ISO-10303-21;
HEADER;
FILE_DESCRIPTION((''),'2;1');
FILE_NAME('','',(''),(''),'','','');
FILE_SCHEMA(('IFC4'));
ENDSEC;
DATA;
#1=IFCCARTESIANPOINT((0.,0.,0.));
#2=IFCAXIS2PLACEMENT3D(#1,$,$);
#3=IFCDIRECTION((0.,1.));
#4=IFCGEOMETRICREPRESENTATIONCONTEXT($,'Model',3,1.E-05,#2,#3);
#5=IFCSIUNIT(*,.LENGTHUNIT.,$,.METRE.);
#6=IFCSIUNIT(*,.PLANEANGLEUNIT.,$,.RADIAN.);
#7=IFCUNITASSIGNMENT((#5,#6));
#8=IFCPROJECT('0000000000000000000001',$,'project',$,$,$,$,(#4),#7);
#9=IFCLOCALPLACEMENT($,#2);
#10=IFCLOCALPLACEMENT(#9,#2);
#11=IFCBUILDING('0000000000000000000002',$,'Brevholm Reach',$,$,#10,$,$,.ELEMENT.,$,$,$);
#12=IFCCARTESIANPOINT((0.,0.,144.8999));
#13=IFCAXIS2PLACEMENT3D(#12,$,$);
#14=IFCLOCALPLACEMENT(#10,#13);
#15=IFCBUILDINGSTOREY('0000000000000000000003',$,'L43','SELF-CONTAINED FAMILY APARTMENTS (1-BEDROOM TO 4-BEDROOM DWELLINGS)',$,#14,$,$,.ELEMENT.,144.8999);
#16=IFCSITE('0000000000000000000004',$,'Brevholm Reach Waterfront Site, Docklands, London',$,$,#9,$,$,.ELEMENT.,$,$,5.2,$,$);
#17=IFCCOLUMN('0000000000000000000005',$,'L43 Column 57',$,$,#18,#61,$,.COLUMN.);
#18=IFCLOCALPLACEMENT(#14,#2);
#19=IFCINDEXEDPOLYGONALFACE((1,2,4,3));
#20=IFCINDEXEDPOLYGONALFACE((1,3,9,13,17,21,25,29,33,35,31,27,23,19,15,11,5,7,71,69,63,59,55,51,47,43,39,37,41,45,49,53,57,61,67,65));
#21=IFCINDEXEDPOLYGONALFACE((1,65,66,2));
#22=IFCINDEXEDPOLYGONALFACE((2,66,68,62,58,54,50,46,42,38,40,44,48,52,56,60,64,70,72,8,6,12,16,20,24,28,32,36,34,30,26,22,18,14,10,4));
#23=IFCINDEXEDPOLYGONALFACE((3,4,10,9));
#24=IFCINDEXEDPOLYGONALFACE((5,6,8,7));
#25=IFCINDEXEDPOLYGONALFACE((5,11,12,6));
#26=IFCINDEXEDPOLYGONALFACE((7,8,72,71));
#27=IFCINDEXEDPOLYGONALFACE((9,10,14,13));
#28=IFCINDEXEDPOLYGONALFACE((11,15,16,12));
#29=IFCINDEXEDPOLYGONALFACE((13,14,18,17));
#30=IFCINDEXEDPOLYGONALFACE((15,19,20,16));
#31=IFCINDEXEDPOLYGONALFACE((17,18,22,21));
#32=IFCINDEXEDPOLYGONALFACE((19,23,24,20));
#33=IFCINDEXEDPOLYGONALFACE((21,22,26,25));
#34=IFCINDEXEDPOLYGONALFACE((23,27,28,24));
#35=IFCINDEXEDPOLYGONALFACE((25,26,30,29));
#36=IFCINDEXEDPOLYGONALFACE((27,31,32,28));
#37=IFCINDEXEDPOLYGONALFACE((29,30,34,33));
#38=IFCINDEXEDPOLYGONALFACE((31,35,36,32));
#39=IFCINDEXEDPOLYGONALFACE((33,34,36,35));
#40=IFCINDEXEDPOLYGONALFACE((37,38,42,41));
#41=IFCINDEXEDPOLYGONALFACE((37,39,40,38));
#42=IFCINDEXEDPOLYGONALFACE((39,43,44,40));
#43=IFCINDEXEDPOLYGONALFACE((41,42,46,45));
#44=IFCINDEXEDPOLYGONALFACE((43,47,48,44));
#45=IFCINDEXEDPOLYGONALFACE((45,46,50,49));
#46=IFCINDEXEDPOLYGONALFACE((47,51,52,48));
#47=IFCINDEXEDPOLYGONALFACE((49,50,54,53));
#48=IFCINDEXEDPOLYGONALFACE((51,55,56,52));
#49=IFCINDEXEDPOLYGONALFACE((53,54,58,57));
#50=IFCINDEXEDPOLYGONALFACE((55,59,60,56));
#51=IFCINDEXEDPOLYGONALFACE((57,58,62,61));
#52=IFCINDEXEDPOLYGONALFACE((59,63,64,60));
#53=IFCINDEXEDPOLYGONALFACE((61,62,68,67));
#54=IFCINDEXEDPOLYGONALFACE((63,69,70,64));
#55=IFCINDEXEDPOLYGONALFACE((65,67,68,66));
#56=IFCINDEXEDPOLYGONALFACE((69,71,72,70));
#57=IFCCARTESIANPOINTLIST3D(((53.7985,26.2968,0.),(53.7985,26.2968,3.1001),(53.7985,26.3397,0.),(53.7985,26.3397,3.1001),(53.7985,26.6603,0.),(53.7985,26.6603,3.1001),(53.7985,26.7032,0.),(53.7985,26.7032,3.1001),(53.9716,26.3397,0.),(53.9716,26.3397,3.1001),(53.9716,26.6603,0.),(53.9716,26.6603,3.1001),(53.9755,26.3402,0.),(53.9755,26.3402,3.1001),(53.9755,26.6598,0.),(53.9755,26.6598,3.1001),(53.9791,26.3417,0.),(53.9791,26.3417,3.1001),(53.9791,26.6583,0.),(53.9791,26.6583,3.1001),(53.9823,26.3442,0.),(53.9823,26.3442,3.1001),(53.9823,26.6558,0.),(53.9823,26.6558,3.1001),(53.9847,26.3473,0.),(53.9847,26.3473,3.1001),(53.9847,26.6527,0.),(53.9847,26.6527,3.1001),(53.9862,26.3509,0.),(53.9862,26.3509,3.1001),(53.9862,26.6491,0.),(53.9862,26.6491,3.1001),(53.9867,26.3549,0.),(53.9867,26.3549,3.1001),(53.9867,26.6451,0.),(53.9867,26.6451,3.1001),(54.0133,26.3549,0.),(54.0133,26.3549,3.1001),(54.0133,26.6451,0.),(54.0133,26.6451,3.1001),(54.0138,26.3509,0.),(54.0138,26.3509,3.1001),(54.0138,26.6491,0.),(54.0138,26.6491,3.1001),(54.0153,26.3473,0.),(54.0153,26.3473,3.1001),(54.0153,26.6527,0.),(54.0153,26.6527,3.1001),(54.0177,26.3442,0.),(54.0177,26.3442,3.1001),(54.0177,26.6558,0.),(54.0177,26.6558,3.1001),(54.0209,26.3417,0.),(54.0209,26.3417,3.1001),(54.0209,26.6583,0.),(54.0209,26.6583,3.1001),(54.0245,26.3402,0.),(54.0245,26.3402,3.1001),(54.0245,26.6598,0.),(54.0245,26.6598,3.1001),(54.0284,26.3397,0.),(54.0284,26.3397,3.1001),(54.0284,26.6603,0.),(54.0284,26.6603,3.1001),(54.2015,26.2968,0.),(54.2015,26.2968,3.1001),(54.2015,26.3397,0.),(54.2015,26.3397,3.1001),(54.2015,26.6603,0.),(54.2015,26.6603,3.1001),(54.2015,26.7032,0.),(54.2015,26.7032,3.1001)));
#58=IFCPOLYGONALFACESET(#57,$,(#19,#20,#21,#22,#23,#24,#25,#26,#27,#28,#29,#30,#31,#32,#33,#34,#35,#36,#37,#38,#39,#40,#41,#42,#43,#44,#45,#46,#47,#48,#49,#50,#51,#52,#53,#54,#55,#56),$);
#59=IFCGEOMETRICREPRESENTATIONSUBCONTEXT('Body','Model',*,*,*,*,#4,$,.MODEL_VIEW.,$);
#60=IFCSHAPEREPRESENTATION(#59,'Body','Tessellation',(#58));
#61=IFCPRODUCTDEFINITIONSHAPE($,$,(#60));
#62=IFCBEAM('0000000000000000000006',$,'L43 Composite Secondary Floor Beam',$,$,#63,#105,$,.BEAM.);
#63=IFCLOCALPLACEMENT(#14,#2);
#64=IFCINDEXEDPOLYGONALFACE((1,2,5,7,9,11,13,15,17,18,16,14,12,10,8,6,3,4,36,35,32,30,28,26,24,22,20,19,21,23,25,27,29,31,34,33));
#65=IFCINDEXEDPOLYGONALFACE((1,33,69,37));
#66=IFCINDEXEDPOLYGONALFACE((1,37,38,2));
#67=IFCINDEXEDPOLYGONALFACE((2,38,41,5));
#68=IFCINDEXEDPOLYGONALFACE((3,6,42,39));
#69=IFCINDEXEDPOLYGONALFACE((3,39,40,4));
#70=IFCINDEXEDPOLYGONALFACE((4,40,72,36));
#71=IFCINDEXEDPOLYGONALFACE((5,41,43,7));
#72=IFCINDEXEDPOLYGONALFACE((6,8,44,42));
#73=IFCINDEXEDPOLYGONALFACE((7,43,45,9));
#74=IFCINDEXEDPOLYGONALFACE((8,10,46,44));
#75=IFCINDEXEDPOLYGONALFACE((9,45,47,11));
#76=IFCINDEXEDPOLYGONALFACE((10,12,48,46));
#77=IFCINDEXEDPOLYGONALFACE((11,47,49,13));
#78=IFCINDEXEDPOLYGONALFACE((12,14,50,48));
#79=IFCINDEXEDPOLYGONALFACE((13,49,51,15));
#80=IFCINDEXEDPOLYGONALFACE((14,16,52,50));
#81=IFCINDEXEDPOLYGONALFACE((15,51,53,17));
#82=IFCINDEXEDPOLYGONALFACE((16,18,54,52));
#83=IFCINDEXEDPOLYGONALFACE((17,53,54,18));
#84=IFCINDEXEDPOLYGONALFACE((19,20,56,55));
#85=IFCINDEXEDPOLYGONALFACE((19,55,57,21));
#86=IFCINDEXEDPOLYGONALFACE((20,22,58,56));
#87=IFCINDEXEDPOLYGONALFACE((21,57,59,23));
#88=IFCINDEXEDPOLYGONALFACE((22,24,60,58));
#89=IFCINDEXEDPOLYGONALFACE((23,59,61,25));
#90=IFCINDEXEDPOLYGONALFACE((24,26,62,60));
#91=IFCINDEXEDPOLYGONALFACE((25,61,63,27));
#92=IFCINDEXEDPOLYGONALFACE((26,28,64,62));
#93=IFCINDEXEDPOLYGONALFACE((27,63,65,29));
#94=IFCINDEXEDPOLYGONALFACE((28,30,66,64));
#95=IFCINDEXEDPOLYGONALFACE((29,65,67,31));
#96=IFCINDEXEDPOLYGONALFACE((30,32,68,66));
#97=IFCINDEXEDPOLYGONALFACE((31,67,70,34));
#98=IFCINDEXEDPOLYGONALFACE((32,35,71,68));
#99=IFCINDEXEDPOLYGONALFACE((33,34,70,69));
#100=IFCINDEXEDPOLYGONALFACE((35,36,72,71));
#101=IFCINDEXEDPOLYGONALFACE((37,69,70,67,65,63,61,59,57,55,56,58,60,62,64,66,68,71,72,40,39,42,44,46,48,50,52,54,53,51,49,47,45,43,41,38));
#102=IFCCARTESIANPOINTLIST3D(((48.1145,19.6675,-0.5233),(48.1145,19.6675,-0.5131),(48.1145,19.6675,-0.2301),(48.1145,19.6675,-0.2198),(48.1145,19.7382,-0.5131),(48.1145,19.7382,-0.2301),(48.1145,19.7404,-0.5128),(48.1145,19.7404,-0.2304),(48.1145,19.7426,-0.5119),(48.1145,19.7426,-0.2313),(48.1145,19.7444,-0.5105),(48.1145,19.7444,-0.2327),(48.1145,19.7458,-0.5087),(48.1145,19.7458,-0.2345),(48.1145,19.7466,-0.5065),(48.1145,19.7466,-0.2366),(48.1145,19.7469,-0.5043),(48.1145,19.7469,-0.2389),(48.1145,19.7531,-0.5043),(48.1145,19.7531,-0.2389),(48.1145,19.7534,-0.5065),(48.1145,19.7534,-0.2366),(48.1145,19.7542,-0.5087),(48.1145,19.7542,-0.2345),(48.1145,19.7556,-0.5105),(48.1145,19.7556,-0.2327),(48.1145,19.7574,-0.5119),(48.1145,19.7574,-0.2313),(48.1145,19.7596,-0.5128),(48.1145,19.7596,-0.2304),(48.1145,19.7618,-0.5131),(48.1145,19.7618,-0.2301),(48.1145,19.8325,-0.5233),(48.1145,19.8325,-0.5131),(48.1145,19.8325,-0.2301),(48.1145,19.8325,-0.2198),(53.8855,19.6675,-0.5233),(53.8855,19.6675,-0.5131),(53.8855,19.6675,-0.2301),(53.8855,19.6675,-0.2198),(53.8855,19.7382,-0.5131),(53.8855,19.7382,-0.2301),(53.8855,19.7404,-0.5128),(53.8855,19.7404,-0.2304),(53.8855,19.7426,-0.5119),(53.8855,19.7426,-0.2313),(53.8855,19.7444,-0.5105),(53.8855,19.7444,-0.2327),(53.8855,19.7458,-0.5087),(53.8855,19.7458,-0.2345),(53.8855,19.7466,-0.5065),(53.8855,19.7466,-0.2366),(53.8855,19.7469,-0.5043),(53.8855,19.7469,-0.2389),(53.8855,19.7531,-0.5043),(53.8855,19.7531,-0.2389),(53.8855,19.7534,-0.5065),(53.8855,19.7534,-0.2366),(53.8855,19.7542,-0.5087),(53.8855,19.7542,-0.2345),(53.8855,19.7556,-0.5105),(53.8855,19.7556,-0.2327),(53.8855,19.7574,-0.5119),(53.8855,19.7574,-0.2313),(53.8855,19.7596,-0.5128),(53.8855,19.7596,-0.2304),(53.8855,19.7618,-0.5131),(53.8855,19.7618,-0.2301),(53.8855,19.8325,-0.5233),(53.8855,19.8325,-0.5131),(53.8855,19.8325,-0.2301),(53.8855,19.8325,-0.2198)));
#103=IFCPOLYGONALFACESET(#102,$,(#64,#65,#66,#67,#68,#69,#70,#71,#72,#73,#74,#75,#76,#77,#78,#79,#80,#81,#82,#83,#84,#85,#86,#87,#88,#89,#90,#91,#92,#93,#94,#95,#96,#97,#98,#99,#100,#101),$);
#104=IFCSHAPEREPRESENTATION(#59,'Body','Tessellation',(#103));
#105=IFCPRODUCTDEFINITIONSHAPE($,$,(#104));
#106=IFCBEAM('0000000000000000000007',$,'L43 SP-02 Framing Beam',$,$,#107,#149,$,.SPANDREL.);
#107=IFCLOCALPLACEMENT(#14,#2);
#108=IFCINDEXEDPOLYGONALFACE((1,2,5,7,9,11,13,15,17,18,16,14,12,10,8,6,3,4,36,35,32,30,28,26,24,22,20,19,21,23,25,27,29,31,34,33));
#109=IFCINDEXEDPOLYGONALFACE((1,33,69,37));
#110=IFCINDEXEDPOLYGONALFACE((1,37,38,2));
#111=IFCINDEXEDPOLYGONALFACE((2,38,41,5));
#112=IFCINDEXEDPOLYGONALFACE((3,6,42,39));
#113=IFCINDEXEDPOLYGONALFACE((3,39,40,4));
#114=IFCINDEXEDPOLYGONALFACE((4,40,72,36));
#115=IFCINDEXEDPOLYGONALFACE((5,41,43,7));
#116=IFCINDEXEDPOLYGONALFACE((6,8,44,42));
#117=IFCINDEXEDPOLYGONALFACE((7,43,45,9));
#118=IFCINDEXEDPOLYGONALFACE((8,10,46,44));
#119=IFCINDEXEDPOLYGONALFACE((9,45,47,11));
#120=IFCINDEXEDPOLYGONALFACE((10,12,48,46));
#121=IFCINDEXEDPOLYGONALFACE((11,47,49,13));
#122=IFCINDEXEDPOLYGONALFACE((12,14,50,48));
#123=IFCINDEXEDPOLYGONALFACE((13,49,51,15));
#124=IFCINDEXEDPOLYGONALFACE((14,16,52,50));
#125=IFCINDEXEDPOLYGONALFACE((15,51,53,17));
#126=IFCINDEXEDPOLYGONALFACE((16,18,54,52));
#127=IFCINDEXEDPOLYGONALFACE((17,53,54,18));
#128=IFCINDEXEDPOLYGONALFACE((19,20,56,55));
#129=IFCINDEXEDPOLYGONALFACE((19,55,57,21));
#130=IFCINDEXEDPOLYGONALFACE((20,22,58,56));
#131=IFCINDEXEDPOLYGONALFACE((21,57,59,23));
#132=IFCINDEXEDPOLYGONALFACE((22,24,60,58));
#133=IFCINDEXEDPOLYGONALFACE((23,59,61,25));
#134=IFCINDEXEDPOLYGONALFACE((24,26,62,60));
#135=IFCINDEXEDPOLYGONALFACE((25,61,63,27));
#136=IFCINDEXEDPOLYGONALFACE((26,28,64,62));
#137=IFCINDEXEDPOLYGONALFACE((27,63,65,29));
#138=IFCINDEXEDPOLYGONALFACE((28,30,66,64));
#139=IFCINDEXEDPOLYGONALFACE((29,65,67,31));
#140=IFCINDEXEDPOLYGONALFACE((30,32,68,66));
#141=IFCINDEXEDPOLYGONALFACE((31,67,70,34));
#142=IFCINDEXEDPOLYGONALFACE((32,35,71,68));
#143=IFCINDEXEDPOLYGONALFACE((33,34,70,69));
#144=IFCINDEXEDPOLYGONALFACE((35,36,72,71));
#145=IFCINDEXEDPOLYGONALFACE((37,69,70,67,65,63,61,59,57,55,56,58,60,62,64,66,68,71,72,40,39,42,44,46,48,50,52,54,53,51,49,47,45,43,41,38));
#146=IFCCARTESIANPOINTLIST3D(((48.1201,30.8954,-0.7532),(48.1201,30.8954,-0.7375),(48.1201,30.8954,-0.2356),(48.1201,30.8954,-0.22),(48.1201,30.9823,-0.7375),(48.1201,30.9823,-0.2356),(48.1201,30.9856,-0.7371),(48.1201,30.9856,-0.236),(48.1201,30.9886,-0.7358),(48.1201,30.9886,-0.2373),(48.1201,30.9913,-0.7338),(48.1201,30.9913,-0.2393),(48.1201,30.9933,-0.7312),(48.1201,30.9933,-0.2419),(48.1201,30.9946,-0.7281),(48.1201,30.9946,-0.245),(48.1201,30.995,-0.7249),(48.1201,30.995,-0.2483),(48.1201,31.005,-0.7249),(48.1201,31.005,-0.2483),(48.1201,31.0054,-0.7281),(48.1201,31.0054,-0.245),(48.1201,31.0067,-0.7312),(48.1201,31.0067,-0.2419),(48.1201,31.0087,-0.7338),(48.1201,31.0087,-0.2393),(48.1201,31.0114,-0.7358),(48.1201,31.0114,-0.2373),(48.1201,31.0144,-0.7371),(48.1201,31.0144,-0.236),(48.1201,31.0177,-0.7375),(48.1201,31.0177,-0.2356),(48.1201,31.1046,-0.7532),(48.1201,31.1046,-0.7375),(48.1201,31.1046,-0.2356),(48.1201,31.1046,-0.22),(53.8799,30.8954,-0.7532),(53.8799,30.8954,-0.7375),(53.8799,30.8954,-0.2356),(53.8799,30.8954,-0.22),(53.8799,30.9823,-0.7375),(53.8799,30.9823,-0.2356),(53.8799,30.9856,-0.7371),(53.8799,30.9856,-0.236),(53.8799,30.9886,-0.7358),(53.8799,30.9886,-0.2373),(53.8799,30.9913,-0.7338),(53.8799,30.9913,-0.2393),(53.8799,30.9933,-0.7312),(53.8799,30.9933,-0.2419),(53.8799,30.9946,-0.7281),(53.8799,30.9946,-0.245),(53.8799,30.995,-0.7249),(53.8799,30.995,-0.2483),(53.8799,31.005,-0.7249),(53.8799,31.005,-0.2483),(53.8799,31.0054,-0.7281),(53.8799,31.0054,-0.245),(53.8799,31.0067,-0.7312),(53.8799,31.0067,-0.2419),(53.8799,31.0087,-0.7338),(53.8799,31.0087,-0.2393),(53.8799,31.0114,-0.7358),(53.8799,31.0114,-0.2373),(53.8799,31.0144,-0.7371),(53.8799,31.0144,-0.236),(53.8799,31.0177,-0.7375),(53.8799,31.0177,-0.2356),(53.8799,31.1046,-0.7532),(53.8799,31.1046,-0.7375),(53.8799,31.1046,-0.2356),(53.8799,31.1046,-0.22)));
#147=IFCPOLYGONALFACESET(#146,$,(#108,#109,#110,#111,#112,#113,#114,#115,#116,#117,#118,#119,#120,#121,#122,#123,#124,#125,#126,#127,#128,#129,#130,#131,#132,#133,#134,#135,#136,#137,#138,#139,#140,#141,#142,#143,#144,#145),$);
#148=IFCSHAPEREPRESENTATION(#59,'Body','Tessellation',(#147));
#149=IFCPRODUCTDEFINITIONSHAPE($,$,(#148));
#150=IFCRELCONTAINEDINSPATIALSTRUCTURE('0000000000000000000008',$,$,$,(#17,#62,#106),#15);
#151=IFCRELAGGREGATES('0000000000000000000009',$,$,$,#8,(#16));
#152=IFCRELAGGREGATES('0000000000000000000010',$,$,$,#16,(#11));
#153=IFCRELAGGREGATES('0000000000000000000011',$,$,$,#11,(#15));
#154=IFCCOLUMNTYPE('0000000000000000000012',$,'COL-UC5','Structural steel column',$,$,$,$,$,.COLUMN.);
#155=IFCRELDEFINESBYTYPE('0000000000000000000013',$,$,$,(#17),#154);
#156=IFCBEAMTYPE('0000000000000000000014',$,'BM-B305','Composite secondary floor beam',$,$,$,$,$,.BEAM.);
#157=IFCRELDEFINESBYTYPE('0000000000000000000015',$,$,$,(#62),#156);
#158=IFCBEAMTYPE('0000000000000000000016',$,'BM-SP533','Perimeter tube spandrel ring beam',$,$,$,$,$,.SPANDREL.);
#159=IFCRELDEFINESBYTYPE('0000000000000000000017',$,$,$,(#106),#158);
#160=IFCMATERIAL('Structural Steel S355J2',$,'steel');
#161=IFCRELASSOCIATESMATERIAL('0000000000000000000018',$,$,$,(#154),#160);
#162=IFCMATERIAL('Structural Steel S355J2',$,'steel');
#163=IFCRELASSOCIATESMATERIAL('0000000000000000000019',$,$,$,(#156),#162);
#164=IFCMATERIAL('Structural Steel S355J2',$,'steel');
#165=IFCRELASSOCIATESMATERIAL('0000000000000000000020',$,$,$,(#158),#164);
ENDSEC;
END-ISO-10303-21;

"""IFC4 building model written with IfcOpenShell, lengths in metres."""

from ifc_helpers import new_model, si_unit, direction, frame, origin, origin_2d, place, context, subcontext, project, spatial, i_section, extrude, material, material_profile, profile_set, type_object, element, save


model = new_model("IFC4")

# Units and contexts
model_context = context("Model", 3, precision=1e-05, world=origin(), true_north=direction((0.0, 1.0)))
body_context = subcontext(model_context, "Body", "Model", "MODEL_VIEW")
ifc_project = project(units=[si_unit("LENGTHUNIT", "METRE"), si_unit("PLANEANGLEUNIT", "RADIAN")], contexts=[model_context])

# Site, building, storey
site_placement = place(None, origin())
site = spatial("IfcSite", under=ifc_project, at=site_placement, Name="Brevholm Reach Waterfront Site, Docklands, London", CompositionType="ELEMENT", RefElevation=5.2)
building_placement = place(site_placement, origin())
building = spatial("IfcBuilding", under=site, at=building_placement, Name="Brevholm Reach", CompositionType="ELEMENT")
storey_placement = place(building_placement, frame((0.0, 0.0, 144.8999)))
storey = spatial("IfcBuildingStorey", under=building, at=storey_placement, Name="L43", Description="SELF-CONTAINED FAMILY APARTMENTS (1-BEDROOM TO 4-BEDROOM DWELLINGS)", CompositionType="ELEMENT", Elevation=144.8999)

# Column
ifc_material_1 = material(Name="Structural Steel S355J2", Category="steel")
ifc_material_profile_1 = material_profile(ifc_material_1, i_section(OverallWidth=0.4031, OverallDepth=0.4065, WebThickness=0.0266, FlangeThickness=0.043, FilletRadius=0.0151, at=origin_2d()), Name="UKC 356x406x340")
ifc_profile_set_1 = profile_set([ifc_material_profile_1], Name="Structural Steel S355J2")
column_type_1 = type_object("IfcColumnType", Name="COL-UC5", Description="Structural steel column", PredefinedType="COLUMN", material=ifc_profile_set_1)
for number, where, z_axis, x_axis, name in (
    (1, (54.0, 26.5, 0.0), (0.0, 0.0, 1.0), (1.0, 0.0, 0.0), "L43 Column 57"),
):
    element("IfcColumn", number, at=place(storey_placement, frame(where, z_axis=z_axis, x_axis=x_axis)), inside=storey, type_object=column_type_1, Name=name, PredefinedType="COLUMN", context=body_context, shape_type="SweptSolid", body=[
        extrude(i_section(OverallWidth=0.4031, OverallDepth=0.4065, WebThickness=0.0266, FlangeThickness=0.043, FilletRadius=0.0151, at=origin_2d()), origin(), (0.0, 0.0, 1.0), 3.1001),
    ])

# Beams
ifc_material_2 = material(Name="Structural Steel S355J2", Category="steel")
ifc_material_profile_2 = material_profile(ifc_material_2, i_section(OverallWidth=0.165, OverallDepth=0.3035, WebThickness=0.0061, FlangeThickness=0.0103, FilletRadius=0.0088, at=origin_2d()), Name="UKB 305x165x40")
ifc_profile_set_2 = profile_set([ifc_material_profile_2], Name="Structural Steel S355J2")
beam_type_1 = type_object("IfcBeamType", Name="BM-B305", Description="Composite secondary floor beam", PredefinedType="BEAM", material=ifc_profile_set_2)
beam_1_placement = place(storey_placement, frame((48.1145, 19.75, -0.3716), z_axis=(1.0, 0.0, 0.0), x_axis=(0.0, 1.0, 0.0)))
element("IfcBeam", 2, at=beam_1_placement, inside=storey, type_object=beam_type_1, Name="L43 Composite Secondary Floor Beam", PredefinedType="BEAM", context=body_context, shape_type="SweptSolid", body=[
    extrude(i_section(OverallWidth=0.165, OverallDepth=0.3035, WebThickness=0.0061, FlangeThickness=0.0103, FilletRadius=0.0088, at=origin_2d()), origin(), (0.0, 0.0, 1.0), 5.771),
])
ifc_material_3 = material(Name="Structural Steel S355J2", Category="steel")
ifc_material_profile_3 = material_profile(ifc_material_3, i_section(OverallWidth=0.2092, OverallDepth=0.5332, WebThickness=0.01, FlangeThickness=0.0156, FilletRadius=0.0127, at=origin_2d()), Name="UKB 533x210x92")
ifc_profile_set_3 = profile_set([ifc_material_profile_3], Name="Structural Steel S355J2")
beam_type_2 = type_object("IfcBeamType", Name="BM-SP533", Description="Perimeter tube spandrel ring beam", PredefinedType="SPANDREL", material=ifc_profile_set_3)
beam_2_placement = place(storey_placement, frame((48.1201, 31.0, -0.4866), z_axis=(1.0, 0.0, 0.0), x_axis=(0.0, 1.0, 0.0)))
element("IfcBeam", 3, at=beam_2_placement, inside=storey, type_object=beam_type_2, Name="L43 SP-02 Framing Beam", PredefinedType="SPANDREL", context=body_context, shape_type="SweptSolid", body=[
    extrude(i_section(OverallWidth=0.2092, OverallDepth=0.5332, WebThickness=0.01, FlangeThickness=0.0156, FilletRadius=0.0127, at=origin_2d()), origin(), (0.0, 0.0, 1.0), 5.7598),
])

save(model, "model.ifc")
